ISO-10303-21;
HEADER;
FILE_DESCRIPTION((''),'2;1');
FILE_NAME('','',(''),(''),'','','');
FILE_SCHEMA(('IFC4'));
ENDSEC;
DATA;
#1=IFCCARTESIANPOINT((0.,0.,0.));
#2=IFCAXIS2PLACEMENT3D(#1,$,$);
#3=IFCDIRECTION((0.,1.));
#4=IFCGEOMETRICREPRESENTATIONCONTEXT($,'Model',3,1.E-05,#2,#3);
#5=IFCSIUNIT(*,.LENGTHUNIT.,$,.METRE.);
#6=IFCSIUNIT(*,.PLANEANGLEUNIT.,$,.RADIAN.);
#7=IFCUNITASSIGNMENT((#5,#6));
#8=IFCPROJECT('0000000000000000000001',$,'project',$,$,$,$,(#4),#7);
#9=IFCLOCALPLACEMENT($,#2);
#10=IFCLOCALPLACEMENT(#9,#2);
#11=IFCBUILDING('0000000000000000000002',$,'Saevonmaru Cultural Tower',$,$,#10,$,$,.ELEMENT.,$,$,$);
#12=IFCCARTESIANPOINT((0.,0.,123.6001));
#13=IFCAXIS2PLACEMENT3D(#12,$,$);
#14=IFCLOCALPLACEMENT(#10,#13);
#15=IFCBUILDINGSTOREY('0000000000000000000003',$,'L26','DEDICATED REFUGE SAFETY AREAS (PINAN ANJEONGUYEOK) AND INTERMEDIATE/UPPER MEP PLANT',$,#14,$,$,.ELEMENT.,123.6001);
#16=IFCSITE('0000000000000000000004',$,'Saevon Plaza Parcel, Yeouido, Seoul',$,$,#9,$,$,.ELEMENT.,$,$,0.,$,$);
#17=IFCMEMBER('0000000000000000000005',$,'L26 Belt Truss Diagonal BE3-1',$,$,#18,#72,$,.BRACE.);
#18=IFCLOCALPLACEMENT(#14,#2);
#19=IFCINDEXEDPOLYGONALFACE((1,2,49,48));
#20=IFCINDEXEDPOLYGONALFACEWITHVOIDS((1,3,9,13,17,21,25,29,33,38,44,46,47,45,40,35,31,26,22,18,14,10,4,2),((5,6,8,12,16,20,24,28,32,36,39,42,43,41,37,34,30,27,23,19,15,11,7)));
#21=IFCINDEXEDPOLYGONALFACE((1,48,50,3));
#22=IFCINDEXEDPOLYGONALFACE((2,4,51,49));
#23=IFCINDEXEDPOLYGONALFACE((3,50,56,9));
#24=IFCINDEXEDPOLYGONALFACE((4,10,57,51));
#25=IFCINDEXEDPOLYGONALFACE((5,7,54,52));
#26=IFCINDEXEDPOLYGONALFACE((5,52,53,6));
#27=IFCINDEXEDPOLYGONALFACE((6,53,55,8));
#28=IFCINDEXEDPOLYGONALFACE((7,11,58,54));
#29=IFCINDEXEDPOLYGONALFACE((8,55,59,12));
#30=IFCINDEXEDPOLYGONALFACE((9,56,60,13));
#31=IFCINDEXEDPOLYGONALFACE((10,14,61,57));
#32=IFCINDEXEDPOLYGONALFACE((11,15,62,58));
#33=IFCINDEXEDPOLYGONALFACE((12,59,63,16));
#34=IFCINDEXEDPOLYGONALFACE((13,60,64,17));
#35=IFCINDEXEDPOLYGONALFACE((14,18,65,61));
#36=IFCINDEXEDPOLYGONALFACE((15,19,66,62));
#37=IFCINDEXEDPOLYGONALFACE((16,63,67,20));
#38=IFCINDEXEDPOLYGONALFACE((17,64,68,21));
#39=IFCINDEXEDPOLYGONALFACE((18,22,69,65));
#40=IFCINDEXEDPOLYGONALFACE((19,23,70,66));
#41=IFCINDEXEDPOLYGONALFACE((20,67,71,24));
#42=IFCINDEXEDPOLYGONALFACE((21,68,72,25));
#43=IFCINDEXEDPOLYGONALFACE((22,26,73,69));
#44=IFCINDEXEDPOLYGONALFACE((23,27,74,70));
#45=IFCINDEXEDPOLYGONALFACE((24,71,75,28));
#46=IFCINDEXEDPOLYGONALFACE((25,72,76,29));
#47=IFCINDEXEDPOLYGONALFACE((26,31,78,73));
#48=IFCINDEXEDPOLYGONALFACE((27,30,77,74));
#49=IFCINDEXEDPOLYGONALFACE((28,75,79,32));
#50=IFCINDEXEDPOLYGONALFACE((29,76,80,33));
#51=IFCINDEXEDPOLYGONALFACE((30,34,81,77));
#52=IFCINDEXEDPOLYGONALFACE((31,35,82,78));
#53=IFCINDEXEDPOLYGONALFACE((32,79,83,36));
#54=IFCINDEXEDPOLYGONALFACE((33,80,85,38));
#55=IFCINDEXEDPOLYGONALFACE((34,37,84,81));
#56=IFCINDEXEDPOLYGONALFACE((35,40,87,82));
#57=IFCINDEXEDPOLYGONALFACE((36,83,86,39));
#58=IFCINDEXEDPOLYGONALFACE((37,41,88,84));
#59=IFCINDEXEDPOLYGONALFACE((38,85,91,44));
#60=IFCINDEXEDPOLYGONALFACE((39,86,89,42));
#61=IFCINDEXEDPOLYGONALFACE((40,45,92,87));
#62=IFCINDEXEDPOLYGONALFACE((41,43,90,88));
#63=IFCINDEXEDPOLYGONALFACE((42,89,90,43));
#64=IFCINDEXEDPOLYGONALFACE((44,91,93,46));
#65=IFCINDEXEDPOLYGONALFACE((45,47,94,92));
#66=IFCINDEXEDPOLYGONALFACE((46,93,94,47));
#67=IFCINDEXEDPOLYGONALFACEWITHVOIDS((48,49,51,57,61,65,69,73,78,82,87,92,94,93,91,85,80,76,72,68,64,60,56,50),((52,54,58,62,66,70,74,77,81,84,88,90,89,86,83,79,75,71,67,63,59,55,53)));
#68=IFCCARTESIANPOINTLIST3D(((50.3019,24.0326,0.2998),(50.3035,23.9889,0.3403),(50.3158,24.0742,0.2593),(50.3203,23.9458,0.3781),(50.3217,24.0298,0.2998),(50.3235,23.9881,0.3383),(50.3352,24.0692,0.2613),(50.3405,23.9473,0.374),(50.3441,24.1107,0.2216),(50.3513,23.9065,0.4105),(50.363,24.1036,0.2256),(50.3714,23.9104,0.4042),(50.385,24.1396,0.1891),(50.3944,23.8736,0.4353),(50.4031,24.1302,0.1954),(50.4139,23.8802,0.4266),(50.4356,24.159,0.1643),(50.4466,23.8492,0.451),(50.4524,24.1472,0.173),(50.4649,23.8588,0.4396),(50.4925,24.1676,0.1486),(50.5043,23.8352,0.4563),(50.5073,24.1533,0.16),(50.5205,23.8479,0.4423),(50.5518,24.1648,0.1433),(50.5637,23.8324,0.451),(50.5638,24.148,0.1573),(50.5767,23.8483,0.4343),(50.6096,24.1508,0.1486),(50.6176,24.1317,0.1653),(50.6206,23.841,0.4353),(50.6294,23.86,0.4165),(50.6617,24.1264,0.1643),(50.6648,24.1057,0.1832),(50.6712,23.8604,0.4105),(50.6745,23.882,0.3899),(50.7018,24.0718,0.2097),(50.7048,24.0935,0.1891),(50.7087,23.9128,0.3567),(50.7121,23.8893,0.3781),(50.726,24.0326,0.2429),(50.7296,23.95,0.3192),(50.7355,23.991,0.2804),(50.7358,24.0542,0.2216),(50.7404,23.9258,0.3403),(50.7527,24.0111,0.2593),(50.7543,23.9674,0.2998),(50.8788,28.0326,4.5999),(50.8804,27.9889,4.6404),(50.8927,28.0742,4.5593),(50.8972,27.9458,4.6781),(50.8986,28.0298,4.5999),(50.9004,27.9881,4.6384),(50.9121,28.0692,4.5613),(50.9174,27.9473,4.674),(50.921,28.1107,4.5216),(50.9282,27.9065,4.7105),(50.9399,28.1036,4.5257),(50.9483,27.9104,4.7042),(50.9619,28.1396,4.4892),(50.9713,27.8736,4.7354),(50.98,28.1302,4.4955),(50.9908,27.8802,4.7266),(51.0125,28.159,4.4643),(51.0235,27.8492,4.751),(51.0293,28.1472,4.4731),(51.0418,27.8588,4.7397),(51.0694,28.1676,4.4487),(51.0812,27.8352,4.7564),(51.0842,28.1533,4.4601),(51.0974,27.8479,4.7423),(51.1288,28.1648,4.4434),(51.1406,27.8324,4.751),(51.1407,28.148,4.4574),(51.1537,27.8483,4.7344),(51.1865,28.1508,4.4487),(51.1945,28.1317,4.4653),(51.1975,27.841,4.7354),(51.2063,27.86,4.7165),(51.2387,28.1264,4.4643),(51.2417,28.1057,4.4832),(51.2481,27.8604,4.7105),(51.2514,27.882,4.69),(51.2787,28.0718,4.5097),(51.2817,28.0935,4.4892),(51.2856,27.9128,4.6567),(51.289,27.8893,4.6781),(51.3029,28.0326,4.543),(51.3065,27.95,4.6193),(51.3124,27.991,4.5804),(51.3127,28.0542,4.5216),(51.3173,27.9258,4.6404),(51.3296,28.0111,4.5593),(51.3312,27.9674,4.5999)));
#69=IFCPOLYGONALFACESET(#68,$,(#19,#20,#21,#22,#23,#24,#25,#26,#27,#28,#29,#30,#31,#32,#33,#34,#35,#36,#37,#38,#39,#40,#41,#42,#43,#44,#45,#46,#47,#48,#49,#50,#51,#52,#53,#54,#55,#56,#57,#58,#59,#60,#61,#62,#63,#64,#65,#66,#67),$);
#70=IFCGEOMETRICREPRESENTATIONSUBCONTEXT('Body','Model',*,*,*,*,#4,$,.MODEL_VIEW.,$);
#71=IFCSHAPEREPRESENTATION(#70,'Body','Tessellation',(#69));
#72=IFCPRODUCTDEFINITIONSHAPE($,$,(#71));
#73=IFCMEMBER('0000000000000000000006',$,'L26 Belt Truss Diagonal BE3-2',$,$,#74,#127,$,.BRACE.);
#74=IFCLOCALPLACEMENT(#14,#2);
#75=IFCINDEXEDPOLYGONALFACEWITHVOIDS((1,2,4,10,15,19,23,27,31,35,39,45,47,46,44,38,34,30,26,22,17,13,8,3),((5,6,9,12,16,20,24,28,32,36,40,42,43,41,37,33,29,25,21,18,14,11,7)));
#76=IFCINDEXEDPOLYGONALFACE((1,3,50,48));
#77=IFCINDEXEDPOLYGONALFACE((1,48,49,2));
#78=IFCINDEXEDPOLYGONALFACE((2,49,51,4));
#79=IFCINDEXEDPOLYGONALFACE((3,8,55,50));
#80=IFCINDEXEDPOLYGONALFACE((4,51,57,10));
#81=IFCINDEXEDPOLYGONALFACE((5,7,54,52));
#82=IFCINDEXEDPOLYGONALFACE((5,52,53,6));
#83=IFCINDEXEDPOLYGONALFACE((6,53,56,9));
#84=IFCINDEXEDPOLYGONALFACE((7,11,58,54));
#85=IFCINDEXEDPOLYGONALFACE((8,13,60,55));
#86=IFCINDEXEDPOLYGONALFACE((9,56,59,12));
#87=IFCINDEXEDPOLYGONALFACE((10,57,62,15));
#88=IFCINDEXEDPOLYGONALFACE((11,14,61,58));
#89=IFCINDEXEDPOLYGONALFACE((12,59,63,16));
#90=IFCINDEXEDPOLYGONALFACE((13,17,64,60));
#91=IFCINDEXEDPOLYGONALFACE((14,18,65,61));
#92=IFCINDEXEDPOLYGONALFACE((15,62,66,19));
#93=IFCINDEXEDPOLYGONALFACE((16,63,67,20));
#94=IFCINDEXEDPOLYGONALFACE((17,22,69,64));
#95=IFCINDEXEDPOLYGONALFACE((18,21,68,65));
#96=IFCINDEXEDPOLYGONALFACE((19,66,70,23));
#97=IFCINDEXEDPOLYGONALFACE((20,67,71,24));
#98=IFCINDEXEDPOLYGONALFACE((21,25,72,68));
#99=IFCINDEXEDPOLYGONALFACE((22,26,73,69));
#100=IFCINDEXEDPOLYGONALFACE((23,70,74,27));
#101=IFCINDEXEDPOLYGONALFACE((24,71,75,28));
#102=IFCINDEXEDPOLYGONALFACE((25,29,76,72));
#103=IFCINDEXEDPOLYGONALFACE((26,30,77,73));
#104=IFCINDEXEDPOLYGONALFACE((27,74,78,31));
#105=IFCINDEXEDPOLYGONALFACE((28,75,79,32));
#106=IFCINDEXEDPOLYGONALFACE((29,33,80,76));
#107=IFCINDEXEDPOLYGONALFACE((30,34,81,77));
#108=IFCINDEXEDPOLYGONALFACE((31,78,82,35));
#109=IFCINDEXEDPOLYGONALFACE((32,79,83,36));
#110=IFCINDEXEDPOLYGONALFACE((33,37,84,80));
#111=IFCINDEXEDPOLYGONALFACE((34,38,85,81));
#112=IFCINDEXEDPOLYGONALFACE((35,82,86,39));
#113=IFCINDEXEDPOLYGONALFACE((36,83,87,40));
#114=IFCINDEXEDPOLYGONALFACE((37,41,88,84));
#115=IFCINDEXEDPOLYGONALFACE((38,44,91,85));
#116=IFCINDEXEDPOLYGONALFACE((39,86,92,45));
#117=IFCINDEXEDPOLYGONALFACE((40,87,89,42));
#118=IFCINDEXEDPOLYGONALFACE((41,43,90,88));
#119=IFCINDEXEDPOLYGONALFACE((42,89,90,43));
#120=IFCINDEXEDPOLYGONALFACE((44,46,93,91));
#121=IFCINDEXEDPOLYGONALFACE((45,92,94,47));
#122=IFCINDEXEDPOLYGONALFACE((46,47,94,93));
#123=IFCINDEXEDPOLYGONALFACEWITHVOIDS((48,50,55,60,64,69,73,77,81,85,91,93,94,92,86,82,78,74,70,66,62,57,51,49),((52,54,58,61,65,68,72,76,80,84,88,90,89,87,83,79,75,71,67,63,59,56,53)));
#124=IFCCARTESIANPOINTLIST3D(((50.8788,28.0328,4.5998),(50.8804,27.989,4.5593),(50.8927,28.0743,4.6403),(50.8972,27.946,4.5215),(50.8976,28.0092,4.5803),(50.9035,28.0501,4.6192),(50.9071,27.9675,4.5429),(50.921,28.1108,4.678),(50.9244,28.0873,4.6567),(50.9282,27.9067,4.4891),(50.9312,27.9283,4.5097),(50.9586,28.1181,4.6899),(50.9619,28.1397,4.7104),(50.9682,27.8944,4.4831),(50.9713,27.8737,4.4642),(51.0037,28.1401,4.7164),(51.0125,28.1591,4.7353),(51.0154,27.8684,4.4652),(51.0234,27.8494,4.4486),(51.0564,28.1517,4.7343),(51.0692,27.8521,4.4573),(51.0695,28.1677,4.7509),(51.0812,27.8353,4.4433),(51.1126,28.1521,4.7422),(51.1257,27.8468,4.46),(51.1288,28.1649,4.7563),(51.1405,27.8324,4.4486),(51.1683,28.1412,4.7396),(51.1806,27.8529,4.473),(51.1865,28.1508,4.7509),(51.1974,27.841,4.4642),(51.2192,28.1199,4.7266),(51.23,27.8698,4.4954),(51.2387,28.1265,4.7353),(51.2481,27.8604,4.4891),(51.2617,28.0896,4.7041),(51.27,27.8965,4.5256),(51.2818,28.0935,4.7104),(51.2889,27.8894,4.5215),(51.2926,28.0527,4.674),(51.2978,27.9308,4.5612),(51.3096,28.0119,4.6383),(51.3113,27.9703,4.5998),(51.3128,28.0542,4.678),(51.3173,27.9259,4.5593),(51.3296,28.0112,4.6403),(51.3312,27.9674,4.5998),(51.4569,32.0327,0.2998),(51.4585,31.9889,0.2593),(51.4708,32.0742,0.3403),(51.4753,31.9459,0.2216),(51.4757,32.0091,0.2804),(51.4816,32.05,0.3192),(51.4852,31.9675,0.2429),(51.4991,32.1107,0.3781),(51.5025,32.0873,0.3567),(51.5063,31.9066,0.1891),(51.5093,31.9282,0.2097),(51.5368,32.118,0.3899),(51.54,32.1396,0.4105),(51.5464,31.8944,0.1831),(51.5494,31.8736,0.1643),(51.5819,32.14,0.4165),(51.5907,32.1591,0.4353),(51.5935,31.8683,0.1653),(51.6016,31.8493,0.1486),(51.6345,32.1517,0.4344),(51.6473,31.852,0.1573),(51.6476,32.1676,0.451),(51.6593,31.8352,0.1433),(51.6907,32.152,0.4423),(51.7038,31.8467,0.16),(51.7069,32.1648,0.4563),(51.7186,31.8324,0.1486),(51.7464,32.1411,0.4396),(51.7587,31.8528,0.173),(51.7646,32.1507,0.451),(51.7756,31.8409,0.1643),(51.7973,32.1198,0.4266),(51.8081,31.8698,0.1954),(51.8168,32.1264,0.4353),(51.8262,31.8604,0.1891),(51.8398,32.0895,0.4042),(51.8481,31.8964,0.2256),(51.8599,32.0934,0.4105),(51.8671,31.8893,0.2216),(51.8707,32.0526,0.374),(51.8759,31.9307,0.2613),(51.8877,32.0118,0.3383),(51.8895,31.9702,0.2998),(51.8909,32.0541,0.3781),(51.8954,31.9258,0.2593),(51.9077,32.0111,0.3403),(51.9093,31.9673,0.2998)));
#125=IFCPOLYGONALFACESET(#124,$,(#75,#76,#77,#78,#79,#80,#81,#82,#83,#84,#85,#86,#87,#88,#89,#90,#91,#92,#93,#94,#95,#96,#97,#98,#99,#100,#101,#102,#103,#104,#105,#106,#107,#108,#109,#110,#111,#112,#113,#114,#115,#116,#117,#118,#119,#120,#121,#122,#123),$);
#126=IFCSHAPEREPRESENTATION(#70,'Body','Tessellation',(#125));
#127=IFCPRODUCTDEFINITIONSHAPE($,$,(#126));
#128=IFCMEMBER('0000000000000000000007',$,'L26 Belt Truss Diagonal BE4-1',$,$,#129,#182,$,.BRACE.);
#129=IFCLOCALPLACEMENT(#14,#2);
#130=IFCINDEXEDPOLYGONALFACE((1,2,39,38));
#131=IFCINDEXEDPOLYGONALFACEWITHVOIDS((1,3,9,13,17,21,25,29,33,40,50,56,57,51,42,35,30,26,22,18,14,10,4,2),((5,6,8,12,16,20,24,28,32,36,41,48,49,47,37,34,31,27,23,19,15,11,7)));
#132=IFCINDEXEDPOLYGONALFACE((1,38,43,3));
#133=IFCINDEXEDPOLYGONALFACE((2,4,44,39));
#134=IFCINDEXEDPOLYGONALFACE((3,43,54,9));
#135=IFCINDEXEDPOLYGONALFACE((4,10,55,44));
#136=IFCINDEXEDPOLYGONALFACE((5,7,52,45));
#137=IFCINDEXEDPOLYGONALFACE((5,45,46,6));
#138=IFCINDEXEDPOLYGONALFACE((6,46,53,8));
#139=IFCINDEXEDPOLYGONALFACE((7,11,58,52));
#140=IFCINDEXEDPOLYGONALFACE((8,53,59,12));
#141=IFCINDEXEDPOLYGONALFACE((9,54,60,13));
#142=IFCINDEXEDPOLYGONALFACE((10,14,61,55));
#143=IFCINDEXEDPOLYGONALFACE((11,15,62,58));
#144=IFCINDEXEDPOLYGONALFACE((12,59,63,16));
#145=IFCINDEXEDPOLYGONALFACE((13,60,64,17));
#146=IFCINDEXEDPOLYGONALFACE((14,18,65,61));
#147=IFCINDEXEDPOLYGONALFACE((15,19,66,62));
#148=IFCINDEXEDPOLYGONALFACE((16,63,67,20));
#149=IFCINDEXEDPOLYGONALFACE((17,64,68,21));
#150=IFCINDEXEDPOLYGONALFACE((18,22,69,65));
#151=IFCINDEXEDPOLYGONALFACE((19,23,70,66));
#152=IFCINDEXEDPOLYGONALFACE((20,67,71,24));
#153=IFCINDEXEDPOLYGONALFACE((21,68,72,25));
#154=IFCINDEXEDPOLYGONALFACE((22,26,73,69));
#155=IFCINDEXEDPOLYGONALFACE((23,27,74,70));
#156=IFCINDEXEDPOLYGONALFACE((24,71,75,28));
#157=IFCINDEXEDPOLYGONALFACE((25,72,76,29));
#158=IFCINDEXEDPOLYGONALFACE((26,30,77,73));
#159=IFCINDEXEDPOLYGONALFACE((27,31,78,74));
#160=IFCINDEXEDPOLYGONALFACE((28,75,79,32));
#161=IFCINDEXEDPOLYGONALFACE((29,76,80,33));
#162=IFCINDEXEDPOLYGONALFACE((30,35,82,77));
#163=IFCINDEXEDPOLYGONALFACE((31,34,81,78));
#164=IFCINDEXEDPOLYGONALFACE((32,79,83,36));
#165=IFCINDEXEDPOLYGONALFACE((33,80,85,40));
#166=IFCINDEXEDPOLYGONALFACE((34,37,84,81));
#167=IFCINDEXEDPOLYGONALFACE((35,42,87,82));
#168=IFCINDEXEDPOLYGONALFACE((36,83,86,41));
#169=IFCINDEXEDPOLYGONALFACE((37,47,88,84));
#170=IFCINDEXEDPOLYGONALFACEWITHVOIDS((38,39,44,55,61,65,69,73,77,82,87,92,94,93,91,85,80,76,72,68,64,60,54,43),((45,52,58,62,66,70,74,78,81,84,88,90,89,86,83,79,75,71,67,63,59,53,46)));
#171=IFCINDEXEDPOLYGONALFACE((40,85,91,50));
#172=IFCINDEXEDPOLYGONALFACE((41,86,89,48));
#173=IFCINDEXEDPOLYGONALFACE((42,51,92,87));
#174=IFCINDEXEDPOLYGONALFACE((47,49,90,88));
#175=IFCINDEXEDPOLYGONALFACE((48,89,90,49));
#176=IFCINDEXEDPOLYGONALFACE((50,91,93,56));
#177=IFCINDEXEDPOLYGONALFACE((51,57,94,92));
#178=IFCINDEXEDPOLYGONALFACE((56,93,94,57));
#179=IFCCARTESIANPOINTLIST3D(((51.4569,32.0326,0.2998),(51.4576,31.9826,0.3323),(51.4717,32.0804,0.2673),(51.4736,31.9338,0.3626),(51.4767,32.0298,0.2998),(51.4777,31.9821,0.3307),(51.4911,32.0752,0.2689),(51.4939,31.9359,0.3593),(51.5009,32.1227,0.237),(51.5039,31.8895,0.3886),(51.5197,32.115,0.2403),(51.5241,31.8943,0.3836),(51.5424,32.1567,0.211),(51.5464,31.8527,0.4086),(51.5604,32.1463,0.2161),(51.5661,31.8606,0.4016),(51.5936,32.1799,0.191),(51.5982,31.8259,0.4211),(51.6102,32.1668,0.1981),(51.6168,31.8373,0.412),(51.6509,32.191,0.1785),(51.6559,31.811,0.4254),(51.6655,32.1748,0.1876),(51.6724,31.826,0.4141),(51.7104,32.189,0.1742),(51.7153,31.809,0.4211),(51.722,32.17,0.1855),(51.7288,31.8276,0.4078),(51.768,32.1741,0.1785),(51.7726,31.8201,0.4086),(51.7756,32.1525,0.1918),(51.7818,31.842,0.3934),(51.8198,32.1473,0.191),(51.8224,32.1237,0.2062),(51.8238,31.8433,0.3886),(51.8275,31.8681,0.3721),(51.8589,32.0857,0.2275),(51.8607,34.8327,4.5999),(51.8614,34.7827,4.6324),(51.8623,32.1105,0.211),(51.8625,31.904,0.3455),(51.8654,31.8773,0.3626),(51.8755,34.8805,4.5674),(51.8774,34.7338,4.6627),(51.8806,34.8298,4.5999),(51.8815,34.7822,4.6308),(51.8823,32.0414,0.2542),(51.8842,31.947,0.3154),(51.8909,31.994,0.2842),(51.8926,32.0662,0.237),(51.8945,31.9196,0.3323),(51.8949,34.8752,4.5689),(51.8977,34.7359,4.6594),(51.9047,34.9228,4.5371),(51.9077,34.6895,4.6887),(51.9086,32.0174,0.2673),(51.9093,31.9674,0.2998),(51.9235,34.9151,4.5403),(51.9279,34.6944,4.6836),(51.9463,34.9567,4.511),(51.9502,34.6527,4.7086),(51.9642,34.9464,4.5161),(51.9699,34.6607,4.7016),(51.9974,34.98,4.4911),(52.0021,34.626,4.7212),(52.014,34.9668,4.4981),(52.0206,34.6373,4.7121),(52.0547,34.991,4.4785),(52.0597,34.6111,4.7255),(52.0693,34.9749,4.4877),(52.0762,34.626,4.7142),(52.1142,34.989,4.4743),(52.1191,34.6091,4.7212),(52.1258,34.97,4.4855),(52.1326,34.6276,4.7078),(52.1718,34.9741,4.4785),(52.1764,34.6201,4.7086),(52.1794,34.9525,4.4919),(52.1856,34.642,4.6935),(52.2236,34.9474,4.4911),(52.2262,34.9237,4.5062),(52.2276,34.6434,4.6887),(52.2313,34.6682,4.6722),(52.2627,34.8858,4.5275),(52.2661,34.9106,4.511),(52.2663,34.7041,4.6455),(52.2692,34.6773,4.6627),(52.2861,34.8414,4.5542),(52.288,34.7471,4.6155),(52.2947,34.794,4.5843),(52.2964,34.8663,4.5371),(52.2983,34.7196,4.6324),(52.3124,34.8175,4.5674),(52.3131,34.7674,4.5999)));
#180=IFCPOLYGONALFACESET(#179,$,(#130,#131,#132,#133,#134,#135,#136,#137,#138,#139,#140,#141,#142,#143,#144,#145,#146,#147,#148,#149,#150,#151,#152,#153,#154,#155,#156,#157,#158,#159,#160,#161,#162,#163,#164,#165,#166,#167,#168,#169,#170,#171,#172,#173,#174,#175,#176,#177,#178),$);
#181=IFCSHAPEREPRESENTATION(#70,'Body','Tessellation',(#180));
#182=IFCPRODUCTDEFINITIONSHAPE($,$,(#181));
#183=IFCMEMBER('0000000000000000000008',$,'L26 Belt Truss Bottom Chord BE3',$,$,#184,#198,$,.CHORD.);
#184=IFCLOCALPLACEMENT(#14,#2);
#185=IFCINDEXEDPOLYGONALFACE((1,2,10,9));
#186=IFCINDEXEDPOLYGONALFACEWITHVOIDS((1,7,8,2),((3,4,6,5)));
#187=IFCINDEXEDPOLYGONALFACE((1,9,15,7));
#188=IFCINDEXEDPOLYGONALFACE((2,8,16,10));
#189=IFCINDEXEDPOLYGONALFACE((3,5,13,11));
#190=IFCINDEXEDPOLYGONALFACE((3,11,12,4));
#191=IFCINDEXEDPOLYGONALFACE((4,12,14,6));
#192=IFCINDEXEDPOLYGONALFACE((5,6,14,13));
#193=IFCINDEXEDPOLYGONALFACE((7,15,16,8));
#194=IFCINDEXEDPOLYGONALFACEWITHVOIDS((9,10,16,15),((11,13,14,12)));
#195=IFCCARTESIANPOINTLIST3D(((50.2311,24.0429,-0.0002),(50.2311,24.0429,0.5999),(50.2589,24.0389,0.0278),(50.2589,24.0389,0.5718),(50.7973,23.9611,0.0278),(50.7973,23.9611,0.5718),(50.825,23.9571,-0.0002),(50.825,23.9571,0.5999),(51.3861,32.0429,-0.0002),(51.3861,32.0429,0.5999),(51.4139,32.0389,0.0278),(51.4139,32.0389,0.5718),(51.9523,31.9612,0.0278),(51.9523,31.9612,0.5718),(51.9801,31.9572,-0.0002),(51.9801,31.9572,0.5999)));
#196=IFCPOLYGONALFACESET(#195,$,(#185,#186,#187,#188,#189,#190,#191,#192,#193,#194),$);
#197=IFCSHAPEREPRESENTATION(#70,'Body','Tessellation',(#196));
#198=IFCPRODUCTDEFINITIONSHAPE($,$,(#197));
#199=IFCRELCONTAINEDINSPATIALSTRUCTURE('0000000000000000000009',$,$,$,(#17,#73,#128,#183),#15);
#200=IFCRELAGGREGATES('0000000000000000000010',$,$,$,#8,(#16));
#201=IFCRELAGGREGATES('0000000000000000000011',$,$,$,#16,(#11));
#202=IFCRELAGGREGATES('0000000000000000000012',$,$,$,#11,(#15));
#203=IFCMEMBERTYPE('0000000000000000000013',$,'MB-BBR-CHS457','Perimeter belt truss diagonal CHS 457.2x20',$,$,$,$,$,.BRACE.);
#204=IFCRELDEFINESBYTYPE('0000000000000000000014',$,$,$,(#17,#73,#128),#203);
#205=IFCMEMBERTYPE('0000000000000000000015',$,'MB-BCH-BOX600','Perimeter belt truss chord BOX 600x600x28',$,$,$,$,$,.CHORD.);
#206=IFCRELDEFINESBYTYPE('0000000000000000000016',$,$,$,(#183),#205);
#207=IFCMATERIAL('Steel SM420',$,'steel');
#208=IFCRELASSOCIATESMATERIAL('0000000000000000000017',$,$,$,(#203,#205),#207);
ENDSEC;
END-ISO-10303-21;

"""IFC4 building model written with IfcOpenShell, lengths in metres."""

from ifc_helpers import new_model, si_unit, direction, frame, origin, origin_2d, place, context, subcontext, project, spatial, hollow_rectangle, hollow_circle, extrude, material, material_profile, profile_set, type_object, element, save


model = new_model("IFC4")

# Units and contexts
model_context = context("Model", 3, precision=1e-05, world=origin(), true_north=direction((0.0, 1.0)))
body_context = subcontext(model_context, "Body", "Model", "MODEL_VIEW")
ifc_project = project(units=[si_unit("LENGTHUNIT", "METRE"), si_unit("PLANEANGLEUNIT", "RADIAN")], contexts=[model_context])

# Site, building, storey
site_placement = place(None, origin())
site = spatial("IfcSite", under=ifc_project, at=site_placement, Name="Saevon Plaza Parcel, Yeouido, Seoul", CompositionType="ELEMENT", RefElevation=0.0)
building_placement = place(site_placement, origin())
building = spatial("IfcBuilding", under=site, at=building_placement, Name="Saevonmaru Cultural Tower", CompositionType="ELEMENT")
storey_placement = place(building_placement, frame((0.0, 0.0, 123.6001)))
storey = spatial("IfcBuildingStorey", under=building, at=storey_placement, Name="L26", Description="DEDICATED REFUGE SAFETY AREAS (PINAN ANJEONGUYEOK) AND INTERMEDIATE/UPPER MEP PLANT", CompositionType="ELEMENT", Elevation=123.6001)

# Shared definitions
ifc_material_1 = material(Name="Steel SM420", Category="steel")

# Members
ifc_material_profile_1 = material_profile(ifc_material_1, hollow_circle(Radius=0.2285, WallThickness=0.02, at=origin_2d()), Name="CHS-457.2x20")
ifc_profile_set_1 = profile_set([ifc_material_profile_1], Name="Steel SM420")
member_type_1 = type_object("IfcMemberType", Name="MB-BBR-CHS457", Description="Perimeter belt truss diagonal CHS 457.2x20", PredefinedType="BRACE", material=ifc_profile_set_1)
for number, where, z_axis, x_axis, name in (
    (1, (50.5281, 24.0, 0.2998), (0.097762, 0.677837, 0.728683), (-0.989759, 0.142749, 0.0), "L26 Belt Truss Diagonal BE3-1"),
    (2, (51.6831, 32.0, 0.2998), (-0.097967, -0.677823, 0.728669), (0.989716, -0.143045, 0.0), "L26 Belt Truss Diagonal BE3-2"),
):
    element("IfcMember", number, at=place(storey_placement, frame(where, z_axis=z_axis, x_axis=x_axis)), inside=storey, type_object=member_type_1, Name=name, PredefinedType="BRACE", context=body_context, shape_type="SweptSolid", body=[
        extrude(hollow_circle(Radius=0.2285, WallThickness=0.02, at=origin_2d()), origin(), (0.0, 0.0, 1.0), 5.9011),
    ])
member_1_placement = place(storey_placement, frame((51.6831, 32.0, 0.2998), z_axis=(0.078452, 0.543994, 0.835414), x_axis=(-0.98976, 0.142738, 0.0)))
element("IfcMember", 3, at=member_1_placement, inside=storey, type_object=member_type_1, Name="L26 Belt Truss Diagonal BE4-1", PredefinedType="BRACE", context=body_context, shape_type="SweptSolid", body=[
    extrude(hollow_circle(Radius=0.2285, WallThickness=0.02, at=origin_2d()), origin(), (0.0, 0.0, 1.0), 5.1472),
])
ifc_material_profile_2 = material_profile(ifc_material_1, hollow_rectangle(XDim=0.6001, YDim=0.6001, WallThickness=0.0281, at=origin_2d()), Name="BOX-600x600x28")
ifc_profile_set_2 = profile_set([ifc_material_profile_2], Name="Steel SM420")
member_type_2 = type_object("IfcMemberType", Name="MB-BCH-BOX600", Description="Perimeter belt truss chord BOX 600x600x28", PredefinedType="CHORD", material=ifc_profile_set_2)
for number, where, z_axis, x_axis, name in (
    (4, (50.5281, 24.0, 0.2998), (0.142897, 0.989738, 0.0), (-0.989738, 0.142897, 0.0), "L26 Belt Truss Bottom Chord BE3"),
):
    element("IfcMember", number, at=place(storey_placement, frame(where, z_axis=z_axis, x_axis=x_axis)), inside=storey, type_object=member_type_2, Name=name, PredefinedType="CHORD", context=body_context, shape_type="SweptSolid", body=[
        extrude(hollow_rectangle(XDim=0.6001, YDim=0.6001, WallThickness=0.0281, at=origin_2d()), origin(), (0.0, 0.0, 1.0), 8.083),
    ])

save(model, "model.ifc")
